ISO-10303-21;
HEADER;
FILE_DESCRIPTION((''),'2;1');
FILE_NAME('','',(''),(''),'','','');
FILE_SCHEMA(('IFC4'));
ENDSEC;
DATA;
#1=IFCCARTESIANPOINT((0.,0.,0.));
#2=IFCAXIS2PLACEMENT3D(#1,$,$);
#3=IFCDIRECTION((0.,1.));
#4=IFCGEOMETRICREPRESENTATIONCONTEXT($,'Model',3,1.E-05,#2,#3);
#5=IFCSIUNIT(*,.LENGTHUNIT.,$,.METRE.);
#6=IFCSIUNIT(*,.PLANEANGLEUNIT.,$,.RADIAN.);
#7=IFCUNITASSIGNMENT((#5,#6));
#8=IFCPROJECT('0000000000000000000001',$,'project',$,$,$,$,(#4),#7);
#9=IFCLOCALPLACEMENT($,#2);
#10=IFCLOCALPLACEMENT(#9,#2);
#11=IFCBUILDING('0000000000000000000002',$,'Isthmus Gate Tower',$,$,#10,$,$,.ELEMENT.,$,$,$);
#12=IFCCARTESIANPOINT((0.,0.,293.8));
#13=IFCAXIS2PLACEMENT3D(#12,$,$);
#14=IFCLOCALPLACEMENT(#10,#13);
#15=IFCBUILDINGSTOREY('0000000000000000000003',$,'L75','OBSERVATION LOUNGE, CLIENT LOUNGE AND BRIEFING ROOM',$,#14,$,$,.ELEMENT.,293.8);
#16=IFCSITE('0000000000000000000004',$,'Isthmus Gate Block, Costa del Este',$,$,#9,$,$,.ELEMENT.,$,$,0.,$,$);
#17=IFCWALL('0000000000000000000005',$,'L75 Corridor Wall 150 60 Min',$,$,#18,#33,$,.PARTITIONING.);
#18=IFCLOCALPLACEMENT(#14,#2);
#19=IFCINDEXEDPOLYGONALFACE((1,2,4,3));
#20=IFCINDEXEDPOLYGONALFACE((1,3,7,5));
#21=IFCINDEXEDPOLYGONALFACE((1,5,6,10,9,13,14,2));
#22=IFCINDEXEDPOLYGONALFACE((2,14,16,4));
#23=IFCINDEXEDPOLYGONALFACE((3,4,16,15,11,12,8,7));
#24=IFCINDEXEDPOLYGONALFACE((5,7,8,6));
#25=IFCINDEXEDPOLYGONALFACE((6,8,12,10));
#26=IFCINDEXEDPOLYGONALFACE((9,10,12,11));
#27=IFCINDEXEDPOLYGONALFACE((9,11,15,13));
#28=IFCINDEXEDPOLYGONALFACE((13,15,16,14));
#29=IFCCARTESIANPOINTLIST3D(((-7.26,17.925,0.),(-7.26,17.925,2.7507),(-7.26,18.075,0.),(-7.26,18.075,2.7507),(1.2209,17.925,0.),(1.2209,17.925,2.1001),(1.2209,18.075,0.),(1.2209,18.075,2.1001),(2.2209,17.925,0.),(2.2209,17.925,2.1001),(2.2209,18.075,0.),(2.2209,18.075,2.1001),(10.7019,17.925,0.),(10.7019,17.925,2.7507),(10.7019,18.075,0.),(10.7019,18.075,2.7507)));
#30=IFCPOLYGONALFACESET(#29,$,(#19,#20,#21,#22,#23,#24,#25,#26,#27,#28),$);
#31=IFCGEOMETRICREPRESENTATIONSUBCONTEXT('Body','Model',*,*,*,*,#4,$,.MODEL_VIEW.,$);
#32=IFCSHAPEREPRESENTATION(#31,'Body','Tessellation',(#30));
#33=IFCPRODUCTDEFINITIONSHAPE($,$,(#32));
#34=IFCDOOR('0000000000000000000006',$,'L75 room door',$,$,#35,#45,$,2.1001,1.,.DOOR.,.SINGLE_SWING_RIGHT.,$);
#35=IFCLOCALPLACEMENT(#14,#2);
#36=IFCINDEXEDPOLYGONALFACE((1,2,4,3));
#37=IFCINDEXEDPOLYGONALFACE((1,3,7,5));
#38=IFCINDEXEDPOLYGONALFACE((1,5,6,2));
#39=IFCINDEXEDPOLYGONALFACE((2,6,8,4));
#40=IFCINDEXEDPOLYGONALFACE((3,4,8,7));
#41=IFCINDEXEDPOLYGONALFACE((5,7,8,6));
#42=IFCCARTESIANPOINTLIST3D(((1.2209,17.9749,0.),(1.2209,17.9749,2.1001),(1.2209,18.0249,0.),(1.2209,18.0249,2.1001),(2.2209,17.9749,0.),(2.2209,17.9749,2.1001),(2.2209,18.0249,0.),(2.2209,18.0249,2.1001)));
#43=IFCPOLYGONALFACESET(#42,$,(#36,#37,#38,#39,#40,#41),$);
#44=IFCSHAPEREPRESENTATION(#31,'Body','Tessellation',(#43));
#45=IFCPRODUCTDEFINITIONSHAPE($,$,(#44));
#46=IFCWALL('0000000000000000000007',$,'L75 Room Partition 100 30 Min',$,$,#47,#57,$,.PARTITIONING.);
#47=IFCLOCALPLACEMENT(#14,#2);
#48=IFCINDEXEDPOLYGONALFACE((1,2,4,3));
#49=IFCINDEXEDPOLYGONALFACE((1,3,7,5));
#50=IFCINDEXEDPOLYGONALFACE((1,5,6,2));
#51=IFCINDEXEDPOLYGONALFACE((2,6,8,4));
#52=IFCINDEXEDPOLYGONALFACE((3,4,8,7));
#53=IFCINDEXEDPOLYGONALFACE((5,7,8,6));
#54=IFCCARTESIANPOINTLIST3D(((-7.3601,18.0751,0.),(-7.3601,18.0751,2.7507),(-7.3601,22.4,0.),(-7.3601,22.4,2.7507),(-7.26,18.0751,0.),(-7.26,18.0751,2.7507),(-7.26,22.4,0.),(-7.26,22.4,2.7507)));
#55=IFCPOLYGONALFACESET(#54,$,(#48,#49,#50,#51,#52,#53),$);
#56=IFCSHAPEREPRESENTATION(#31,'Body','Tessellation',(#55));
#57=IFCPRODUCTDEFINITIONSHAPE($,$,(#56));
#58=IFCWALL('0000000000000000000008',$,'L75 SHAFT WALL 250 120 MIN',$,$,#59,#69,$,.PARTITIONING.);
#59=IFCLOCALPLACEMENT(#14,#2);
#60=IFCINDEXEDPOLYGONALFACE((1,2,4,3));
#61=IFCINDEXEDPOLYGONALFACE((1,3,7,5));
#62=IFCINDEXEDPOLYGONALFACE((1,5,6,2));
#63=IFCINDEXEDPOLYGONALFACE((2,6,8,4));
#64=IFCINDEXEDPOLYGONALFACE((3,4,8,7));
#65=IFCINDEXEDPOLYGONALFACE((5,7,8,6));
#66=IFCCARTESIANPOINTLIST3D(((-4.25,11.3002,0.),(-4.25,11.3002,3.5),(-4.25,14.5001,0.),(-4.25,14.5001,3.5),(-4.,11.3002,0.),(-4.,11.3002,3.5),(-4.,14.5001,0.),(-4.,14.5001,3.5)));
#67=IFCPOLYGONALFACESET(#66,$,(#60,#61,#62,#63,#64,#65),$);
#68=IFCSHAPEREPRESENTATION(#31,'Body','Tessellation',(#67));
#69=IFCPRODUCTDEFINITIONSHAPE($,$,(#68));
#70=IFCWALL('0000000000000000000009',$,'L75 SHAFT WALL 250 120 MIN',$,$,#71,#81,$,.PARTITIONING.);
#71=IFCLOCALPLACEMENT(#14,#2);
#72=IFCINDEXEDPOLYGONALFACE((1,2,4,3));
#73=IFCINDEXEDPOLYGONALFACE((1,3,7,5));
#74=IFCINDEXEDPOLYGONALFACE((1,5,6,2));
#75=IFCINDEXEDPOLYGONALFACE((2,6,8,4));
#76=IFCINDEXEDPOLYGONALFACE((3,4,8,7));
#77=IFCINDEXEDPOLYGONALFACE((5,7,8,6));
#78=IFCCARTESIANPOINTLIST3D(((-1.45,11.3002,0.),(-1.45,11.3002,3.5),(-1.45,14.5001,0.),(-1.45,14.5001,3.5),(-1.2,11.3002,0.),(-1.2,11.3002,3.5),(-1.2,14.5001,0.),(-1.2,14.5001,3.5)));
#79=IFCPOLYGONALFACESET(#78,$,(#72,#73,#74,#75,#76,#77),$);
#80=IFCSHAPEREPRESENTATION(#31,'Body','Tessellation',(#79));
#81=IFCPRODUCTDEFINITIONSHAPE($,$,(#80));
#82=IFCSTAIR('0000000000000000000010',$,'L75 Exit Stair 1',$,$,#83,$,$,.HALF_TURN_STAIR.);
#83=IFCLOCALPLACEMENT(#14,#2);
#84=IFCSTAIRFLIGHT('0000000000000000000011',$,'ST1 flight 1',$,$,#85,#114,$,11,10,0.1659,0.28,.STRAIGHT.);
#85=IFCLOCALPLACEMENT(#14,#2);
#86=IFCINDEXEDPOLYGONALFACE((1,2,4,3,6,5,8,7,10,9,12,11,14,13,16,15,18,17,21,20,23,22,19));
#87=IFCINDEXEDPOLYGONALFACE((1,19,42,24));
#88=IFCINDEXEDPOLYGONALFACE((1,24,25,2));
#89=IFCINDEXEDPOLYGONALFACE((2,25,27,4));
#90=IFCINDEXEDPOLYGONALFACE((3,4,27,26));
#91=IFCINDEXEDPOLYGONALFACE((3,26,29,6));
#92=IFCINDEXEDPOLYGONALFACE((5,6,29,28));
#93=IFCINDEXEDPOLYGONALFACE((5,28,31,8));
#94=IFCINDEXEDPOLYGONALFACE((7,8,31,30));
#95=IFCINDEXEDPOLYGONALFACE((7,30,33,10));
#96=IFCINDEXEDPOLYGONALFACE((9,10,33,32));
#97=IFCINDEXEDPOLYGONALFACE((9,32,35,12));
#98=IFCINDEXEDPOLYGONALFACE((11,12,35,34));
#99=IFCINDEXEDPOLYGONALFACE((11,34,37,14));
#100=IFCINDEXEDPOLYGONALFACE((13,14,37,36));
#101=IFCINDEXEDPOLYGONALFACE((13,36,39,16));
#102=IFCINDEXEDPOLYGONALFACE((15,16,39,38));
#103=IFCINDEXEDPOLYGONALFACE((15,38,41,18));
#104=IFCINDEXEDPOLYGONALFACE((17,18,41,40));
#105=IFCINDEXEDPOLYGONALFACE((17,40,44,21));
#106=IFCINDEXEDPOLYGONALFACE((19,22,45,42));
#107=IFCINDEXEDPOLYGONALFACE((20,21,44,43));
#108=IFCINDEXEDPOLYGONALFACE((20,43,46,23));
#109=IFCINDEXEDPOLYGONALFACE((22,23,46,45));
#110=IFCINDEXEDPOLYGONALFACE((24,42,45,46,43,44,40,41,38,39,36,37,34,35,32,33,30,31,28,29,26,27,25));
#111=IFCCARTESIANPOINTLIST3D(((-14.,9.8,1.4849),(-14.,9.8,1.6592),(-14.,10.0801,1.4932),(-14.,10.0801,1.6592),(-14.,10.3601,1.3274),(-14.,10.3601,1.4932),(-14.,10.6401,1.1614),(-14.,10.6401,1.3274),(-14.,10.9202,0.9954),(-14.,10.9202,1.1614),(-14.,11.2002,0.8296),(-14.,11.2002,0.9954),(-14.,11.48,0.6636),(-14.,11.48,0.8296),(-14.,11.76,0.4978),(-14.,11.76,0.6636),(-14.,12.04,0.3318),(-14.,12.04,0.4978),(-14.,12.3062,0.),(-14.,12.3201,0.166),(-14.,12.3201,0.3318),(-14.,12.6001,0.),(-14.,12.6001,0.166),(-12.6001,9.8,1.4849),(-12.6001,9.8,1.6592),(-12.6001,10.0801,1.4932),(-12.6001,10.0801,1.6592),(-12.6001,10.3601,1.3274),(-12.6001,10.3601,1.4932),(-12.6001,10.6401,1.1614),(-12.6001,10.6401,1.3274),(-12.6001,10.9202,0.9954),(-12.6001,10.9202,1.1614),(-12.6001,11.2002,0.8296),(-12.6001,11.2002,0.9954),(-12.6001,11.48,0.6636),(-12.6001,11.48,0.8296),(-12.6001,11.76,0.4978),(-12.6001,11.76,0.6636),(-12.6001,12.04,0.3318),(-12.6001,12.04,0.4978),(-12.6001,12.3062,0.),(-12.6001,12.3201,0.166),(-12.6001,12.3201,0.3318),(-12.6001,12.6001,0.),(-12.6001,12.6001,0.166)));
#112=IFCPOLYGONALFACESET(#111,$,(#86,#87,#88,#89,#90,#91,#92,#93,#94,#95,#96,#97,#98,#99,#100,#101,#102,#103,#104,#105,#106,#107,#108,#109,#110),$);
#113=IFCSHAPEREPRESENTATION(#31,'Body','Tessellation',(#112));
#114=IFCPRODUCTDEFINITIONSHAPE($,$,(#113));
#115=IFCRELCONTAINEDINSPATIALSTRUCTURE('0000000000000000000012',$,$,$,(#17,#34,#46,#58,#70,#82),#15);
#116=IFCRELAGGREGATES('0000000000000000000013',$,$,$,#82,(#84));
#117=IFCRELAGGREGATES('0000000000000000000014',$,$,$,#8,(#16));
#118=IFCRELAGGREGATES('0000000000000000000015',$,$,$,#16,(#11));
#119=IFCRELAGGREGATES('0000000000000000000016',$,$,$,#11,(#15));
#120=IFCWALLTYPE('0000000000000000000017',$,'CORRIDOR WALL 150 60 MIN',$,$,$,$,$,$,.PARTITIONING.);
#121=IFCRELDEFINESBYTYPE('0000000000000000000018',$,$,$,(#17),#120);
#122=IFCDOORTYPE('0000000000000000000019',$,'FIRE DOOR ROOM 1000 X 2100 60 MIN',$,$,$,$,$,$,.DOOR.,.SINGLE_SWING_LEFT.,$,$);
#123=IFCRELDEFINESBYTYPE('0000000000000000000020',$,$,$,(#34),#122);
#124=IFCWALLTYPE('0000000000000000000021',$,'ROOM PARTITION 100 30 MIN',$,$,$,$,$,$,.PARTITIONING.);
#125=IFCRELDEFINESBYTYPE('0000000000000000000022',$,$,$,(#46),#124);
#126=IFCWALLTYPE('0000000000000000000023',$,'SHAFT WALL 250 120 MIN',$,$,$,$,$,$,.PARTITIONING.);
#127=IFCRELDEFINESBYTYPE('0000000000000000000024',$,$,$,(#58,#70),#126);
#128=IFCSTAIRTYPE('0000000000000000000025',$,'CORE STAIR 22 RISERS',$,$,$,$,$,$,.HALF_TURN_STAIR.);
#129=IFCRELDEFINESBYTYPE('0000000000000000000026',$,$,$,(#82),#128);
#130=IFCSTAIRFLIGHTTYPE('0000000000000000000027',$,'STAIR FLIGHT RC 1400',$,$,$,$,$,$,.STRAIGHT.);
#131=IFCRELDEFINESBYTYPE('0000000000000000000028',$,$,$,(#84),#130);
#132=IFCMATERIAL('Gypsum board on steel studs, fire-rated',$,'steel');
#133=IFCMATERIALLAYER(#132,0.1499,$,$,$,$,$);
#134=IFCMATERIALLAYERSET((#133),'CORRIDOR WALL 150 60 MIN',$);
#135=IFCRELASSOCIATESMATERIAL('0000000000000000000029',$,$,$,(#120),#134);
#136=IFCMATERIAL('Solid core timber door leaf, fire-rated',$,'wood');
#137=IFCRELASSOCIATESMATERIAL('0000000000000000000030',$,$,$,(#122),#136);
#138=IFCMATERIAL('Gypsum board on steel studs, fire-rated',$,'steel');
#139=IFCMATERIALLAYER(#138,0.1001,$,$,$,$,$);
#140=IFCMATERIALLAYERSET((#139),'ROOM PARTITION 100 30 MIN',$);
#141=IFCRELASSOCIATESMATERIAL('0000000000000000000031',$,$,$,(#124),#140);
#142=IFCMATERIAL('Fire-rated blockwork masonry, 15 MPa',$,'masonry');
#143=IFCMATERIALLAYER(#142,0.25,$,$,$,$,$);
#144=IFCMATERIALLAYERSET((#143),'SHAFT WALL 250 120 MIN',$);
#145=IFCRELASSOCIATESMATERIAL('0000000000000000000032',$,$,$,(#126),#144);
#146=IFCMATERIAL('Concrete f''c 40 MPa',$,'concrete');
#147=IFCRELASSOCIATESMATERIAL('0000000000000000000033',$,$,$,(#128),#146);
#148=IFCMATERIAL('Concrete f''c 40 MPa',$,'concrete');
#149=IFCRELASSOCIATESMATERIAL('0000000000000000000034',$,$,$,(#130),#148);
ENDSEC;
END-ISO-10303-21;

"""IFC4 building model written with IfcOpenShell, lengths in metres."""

from ifc_helpers import new_model, si_unit, direction, frame, frame_2d, origin, place, context, subcontext, project, spatial, polyline, rectangle, outline, extrude, material, layer, layer_set, type_object, element, fill, aggregate, save


model = new_model("IFC4")

# Units and contexts
model_context = context("Model", 3, precision=1e-05, world=origin(), true_north=direction((0.0, 1.0)))
body_context = subcontext(model_context, "Body", "Model", "MODEL_VIEW")
ifc_project = project(units=[si_unit("LENGTHUNIT", "METRE"), si_unit("PLANEANGLEUNIT", "RADIAN")], contexts=[model_context])

# Site, building, storey
site_placement = place(None, origin())
site = spatial("IfcSite", under=ifc_project, at=site_placement, Name="Isthmus Gate Block, Costa del Este", CompositionType="ELEMENT", RefElevation=0.0)
building_placement = place(site_placement, origin())
building = spatial("IfcBuilding", under=site, at=building_placement, Name="Isthmus Gate Tower", CompositionType="ELEMENT")
storey_placement = place(building_placement, frame((0.0, 0.0, 293.8)))
storey = spatial("IfcBuildingStorey", under=building, at=storey_placement, Name="L75", Description="OBSERVATION LOUNGE, CLIENT LOUNGE AND BRIEFING ROOM", CompositionType="ELEMENT", Elevation=293.8)

# Wall, opening, door
ifc_material_1 = material(Name="Gypsum board on steel studs, fire-rated", Category="steel")
ifc_layer_1 = layer(ifc_material_1, 0.1499)
ifc_layer_set_1 = layer_set([ifc_layer_1], Name="CORRIDOR WALL 150 60 MIN")
wall_type_1 = type_object("IfcWallType", Name="CORRIDOR WALL 150 60 MIN", PredefinedType="PARTITIONING", material=ifc_layer_set_1)
wall_1_placement = place(storey_placement, frame((-7.26, 18.0, 0.0), z_axis=(0.0, 0.0, 1.0), x_axis=(1.0, 0.0, 0.0)))
wall_1 = element("IfcWall", 1, at=wall_1_placement, inside=storey, type_object=wall_type_1, Name="L75 Corridor Wall 150 60 Min", PredefinedType="PARTITIONING", context=body_context, shape_type="SweptSolid", body=[
    extrude(rectangle(XDim=17.9619, YDim=0.1499, at=frame_2d((8.981, 0.0))), origin(), (0.0, 0.0, 1.0), 2.7507),
])
opening_placement = place(wall_1_placement, frame((8.481, 0.0, 0.0)))
opening = element("IfcOpeningElement", 2, at=opening_placement, cuts=wall_1, PredefinedType="OPENING", context=body_context, shape_type="SweptSolid", body=[
    extrude(rectangle(XDim=1.0, YDim=2.1001, at=frame_2d((0.5, 1.05))), frame((0.0, 0.085, 0.0), z_axis=(0.0, -1.0, 0.0), x_axis=(1.0, 0.0, 0.0)), (0.0, 0.0, 1.0), 0.1699),
])
ifc_material_2 = material(Name="Solid core timber door leaf, fire-rated", Category="wood")
door_type = type_object("IfcDoorType", Name="FIRE DOOR ROOM 1000 X 2100 60 MIN", OperationType="SINGLE_SWING_LEFT", PredefinedType="DOOR", material=ifc_material_2)
door_placement = place(opening_placement, origin())
door = element("IfcDoor", 3, at=door_placement, inside=storey, type_object=door_type, Name="L75 room door", OperationType="SINGLE_SWING_RIGHT", OverallHeight=2.1001, OverallWidth=1.0, PredefinedType="DOOR", context=body_context, shape_type="SweptSolid", body=[
    extrude(rectangle(XDim=1.0, YDim=2.1001, at=frame_2d((0.5, 1.05))), frame((0.0, 0.0249, 0.0), z_axis=(0.0, -1.0, 0.0), x_axis=(1.0, 0.0, 0.0)), (0.0, 0.0, 1.0), 0.05),
])
fill(opening, door)

# Walls
ifc_material_3 = material(Name="Gypsum board on steel studs, fire-rated", Category="steel")
ifc_layer_2 = layer(ifc_material_3, 0.1001)
ifc_layer_set_2 = layer_set([ifc_layer_2], Name="ROOM PARTITION 100 30 MIN")
wall_type_2 = type_object("IfcWallType", Name="ROOM PARTITION 100 30 MIN", PredefinedType="PARTITIONING", material=ifc_layer_set_2)
wall_2_placement = place(storey_placement, frame((-7.3101, 18.075, 0.0), z_axis=(0.0, 0.0, 1.0), x_axis=(0.0, 1.0, 0.0)))
element("IfcWall", 4, at=wall_2_placement, inside=storey, type_object=wall_type_2, Name="L75 Room Partition 100 30 Min", PredefinedType="PARTITIONING", context=body_context, shape_type="SweptSolid", body=[
    extrude(rectangle(XDim=4.325, YDim=0.1001, at=frame_2d((2.1626, 0.0))), origin(), (0.0, 0.0, 1.0), 2.7507),
])
ifc_material_4 = material(Name="Fire-rated blockwork masonry, 15 MPa", Category="masonry")
ifc_layer_3 = layer(ifc_material_4, 0.25)
ifc_layer_set_3 = layer_set([ifc_layer_3], Name="SHAFT WALL 250 120 MIN")
wall_type_3 = type_object("IfcWallType", Name="SHAFT WALL 250 120 MIN", PredefinedType="PARTITIONING", material=ifc_layer_set_3)
for number, where, z_axis, x_axis, name in (
    (5, (-4.125, 11.3, 0.0), (0.0, 0.0, 1.0), (0.0, 1.0, 0.0), "L75 SHAFT WALL 250 120 MIN"),
    (6, (-1.325, 11.3, 0.0), (0.0, 0.0, 1.0), (0.0, 1.0, 0.0), "L75 SHAFT WALL 250 120 MIN"),
):
    element("IfcWall", number, at=place(storey_placement, frame(where, z_axis=z_axis, x_axis=x_axis)), inside=storey, type_object=wall_type_3, Name=name, PredefinedType="PARTITIONING", context=body_context, shape_type="SweptSolid", body=[
        extrude(rectangle(XDim=3.2, YDim=0.25, at=frame_2d((1.6001, 0.0))), origin(), (0.0, 0.0, 1.0), 3.5),
    ])

# Stair, stair flight
ifc_material_5 = material(Name="Concrete f'c 40 MPa", Category="concrete")
stair_type = type_object("IfcStairType", Name="CORE STAIR 22 RISERS", PredefinedType="HALF_TURN_STAIR", material=ifc_material_5)
stair_placement = place(storey_placement, origin())
stair = element("IfcStair", 7, at=stair_placement, inside=storey, type_object=stair_type, Name="L75 Exit Stair 1", PredefinedType="HALF_TURN_STAIR")
ifc_material_6 = material(Name="Concrete f'c 40 MPa", Category="concrete")
stair_flight_type = type_object("IfcStairFlightType", Name="STAIR FLIGHT RC 1400", PredefinedType="STRAIGHT", material=ifc_material_6)
stair_flight_placement = place(storey_placement, frame((-13.3, 12.6001, 0.0), z_axis=(0.0, 0.0, 1.0), x_axis=(0.0, -1.0, 0.0)))
stair_flight = element("IfcStairFlight", 8, at=stair_flight_placement, type_object=stair_flight_type, Name="ST1 flight 1", NumberOfRisers=11, NumberOfTreads=10, PredefinedType="STRAIGHT", RiserHeight=0.1659, TreadLength=0.28, context=body_context, shape_type="SweptSolid", body=[
    extrude(outline(polyline([(0.0, 0.0), (0.0, 0.166), (0.28, 0.166), (0.28, 0.3318), (0.5601, 0.3318), (0.5601, 0.4978), (0.8401, 0.4978), (0.8401, 0.6636), (1.1201, 0.6636), (1.1201, 0.8296), (1.3999, 0.8296), (1.3999, 0.9954), (1.6799, 0.9954), (1.6799, 1.1614), (1.96, 1.1614), (1.96, 1.3274), (2.24, 1.3274), (2.24, 1.4932), (2.52, 1.4932), (2.52, 1.6592), (2.8, 1.6592), (2.8, 1.825), (2.8, 1.4849), (0.2939, 0.0), (0.0, 0.0)])), frame((0.0, 0.7, 0.0), z_axis=(0.0, -1.0, 0.0), x_axis=(1.0, 0.0, 0.0)), (0.0, 0.0, 1.0), 1.3999),
])
aggregate(stair, [stair_flight])

save(model, "model.ifc")
